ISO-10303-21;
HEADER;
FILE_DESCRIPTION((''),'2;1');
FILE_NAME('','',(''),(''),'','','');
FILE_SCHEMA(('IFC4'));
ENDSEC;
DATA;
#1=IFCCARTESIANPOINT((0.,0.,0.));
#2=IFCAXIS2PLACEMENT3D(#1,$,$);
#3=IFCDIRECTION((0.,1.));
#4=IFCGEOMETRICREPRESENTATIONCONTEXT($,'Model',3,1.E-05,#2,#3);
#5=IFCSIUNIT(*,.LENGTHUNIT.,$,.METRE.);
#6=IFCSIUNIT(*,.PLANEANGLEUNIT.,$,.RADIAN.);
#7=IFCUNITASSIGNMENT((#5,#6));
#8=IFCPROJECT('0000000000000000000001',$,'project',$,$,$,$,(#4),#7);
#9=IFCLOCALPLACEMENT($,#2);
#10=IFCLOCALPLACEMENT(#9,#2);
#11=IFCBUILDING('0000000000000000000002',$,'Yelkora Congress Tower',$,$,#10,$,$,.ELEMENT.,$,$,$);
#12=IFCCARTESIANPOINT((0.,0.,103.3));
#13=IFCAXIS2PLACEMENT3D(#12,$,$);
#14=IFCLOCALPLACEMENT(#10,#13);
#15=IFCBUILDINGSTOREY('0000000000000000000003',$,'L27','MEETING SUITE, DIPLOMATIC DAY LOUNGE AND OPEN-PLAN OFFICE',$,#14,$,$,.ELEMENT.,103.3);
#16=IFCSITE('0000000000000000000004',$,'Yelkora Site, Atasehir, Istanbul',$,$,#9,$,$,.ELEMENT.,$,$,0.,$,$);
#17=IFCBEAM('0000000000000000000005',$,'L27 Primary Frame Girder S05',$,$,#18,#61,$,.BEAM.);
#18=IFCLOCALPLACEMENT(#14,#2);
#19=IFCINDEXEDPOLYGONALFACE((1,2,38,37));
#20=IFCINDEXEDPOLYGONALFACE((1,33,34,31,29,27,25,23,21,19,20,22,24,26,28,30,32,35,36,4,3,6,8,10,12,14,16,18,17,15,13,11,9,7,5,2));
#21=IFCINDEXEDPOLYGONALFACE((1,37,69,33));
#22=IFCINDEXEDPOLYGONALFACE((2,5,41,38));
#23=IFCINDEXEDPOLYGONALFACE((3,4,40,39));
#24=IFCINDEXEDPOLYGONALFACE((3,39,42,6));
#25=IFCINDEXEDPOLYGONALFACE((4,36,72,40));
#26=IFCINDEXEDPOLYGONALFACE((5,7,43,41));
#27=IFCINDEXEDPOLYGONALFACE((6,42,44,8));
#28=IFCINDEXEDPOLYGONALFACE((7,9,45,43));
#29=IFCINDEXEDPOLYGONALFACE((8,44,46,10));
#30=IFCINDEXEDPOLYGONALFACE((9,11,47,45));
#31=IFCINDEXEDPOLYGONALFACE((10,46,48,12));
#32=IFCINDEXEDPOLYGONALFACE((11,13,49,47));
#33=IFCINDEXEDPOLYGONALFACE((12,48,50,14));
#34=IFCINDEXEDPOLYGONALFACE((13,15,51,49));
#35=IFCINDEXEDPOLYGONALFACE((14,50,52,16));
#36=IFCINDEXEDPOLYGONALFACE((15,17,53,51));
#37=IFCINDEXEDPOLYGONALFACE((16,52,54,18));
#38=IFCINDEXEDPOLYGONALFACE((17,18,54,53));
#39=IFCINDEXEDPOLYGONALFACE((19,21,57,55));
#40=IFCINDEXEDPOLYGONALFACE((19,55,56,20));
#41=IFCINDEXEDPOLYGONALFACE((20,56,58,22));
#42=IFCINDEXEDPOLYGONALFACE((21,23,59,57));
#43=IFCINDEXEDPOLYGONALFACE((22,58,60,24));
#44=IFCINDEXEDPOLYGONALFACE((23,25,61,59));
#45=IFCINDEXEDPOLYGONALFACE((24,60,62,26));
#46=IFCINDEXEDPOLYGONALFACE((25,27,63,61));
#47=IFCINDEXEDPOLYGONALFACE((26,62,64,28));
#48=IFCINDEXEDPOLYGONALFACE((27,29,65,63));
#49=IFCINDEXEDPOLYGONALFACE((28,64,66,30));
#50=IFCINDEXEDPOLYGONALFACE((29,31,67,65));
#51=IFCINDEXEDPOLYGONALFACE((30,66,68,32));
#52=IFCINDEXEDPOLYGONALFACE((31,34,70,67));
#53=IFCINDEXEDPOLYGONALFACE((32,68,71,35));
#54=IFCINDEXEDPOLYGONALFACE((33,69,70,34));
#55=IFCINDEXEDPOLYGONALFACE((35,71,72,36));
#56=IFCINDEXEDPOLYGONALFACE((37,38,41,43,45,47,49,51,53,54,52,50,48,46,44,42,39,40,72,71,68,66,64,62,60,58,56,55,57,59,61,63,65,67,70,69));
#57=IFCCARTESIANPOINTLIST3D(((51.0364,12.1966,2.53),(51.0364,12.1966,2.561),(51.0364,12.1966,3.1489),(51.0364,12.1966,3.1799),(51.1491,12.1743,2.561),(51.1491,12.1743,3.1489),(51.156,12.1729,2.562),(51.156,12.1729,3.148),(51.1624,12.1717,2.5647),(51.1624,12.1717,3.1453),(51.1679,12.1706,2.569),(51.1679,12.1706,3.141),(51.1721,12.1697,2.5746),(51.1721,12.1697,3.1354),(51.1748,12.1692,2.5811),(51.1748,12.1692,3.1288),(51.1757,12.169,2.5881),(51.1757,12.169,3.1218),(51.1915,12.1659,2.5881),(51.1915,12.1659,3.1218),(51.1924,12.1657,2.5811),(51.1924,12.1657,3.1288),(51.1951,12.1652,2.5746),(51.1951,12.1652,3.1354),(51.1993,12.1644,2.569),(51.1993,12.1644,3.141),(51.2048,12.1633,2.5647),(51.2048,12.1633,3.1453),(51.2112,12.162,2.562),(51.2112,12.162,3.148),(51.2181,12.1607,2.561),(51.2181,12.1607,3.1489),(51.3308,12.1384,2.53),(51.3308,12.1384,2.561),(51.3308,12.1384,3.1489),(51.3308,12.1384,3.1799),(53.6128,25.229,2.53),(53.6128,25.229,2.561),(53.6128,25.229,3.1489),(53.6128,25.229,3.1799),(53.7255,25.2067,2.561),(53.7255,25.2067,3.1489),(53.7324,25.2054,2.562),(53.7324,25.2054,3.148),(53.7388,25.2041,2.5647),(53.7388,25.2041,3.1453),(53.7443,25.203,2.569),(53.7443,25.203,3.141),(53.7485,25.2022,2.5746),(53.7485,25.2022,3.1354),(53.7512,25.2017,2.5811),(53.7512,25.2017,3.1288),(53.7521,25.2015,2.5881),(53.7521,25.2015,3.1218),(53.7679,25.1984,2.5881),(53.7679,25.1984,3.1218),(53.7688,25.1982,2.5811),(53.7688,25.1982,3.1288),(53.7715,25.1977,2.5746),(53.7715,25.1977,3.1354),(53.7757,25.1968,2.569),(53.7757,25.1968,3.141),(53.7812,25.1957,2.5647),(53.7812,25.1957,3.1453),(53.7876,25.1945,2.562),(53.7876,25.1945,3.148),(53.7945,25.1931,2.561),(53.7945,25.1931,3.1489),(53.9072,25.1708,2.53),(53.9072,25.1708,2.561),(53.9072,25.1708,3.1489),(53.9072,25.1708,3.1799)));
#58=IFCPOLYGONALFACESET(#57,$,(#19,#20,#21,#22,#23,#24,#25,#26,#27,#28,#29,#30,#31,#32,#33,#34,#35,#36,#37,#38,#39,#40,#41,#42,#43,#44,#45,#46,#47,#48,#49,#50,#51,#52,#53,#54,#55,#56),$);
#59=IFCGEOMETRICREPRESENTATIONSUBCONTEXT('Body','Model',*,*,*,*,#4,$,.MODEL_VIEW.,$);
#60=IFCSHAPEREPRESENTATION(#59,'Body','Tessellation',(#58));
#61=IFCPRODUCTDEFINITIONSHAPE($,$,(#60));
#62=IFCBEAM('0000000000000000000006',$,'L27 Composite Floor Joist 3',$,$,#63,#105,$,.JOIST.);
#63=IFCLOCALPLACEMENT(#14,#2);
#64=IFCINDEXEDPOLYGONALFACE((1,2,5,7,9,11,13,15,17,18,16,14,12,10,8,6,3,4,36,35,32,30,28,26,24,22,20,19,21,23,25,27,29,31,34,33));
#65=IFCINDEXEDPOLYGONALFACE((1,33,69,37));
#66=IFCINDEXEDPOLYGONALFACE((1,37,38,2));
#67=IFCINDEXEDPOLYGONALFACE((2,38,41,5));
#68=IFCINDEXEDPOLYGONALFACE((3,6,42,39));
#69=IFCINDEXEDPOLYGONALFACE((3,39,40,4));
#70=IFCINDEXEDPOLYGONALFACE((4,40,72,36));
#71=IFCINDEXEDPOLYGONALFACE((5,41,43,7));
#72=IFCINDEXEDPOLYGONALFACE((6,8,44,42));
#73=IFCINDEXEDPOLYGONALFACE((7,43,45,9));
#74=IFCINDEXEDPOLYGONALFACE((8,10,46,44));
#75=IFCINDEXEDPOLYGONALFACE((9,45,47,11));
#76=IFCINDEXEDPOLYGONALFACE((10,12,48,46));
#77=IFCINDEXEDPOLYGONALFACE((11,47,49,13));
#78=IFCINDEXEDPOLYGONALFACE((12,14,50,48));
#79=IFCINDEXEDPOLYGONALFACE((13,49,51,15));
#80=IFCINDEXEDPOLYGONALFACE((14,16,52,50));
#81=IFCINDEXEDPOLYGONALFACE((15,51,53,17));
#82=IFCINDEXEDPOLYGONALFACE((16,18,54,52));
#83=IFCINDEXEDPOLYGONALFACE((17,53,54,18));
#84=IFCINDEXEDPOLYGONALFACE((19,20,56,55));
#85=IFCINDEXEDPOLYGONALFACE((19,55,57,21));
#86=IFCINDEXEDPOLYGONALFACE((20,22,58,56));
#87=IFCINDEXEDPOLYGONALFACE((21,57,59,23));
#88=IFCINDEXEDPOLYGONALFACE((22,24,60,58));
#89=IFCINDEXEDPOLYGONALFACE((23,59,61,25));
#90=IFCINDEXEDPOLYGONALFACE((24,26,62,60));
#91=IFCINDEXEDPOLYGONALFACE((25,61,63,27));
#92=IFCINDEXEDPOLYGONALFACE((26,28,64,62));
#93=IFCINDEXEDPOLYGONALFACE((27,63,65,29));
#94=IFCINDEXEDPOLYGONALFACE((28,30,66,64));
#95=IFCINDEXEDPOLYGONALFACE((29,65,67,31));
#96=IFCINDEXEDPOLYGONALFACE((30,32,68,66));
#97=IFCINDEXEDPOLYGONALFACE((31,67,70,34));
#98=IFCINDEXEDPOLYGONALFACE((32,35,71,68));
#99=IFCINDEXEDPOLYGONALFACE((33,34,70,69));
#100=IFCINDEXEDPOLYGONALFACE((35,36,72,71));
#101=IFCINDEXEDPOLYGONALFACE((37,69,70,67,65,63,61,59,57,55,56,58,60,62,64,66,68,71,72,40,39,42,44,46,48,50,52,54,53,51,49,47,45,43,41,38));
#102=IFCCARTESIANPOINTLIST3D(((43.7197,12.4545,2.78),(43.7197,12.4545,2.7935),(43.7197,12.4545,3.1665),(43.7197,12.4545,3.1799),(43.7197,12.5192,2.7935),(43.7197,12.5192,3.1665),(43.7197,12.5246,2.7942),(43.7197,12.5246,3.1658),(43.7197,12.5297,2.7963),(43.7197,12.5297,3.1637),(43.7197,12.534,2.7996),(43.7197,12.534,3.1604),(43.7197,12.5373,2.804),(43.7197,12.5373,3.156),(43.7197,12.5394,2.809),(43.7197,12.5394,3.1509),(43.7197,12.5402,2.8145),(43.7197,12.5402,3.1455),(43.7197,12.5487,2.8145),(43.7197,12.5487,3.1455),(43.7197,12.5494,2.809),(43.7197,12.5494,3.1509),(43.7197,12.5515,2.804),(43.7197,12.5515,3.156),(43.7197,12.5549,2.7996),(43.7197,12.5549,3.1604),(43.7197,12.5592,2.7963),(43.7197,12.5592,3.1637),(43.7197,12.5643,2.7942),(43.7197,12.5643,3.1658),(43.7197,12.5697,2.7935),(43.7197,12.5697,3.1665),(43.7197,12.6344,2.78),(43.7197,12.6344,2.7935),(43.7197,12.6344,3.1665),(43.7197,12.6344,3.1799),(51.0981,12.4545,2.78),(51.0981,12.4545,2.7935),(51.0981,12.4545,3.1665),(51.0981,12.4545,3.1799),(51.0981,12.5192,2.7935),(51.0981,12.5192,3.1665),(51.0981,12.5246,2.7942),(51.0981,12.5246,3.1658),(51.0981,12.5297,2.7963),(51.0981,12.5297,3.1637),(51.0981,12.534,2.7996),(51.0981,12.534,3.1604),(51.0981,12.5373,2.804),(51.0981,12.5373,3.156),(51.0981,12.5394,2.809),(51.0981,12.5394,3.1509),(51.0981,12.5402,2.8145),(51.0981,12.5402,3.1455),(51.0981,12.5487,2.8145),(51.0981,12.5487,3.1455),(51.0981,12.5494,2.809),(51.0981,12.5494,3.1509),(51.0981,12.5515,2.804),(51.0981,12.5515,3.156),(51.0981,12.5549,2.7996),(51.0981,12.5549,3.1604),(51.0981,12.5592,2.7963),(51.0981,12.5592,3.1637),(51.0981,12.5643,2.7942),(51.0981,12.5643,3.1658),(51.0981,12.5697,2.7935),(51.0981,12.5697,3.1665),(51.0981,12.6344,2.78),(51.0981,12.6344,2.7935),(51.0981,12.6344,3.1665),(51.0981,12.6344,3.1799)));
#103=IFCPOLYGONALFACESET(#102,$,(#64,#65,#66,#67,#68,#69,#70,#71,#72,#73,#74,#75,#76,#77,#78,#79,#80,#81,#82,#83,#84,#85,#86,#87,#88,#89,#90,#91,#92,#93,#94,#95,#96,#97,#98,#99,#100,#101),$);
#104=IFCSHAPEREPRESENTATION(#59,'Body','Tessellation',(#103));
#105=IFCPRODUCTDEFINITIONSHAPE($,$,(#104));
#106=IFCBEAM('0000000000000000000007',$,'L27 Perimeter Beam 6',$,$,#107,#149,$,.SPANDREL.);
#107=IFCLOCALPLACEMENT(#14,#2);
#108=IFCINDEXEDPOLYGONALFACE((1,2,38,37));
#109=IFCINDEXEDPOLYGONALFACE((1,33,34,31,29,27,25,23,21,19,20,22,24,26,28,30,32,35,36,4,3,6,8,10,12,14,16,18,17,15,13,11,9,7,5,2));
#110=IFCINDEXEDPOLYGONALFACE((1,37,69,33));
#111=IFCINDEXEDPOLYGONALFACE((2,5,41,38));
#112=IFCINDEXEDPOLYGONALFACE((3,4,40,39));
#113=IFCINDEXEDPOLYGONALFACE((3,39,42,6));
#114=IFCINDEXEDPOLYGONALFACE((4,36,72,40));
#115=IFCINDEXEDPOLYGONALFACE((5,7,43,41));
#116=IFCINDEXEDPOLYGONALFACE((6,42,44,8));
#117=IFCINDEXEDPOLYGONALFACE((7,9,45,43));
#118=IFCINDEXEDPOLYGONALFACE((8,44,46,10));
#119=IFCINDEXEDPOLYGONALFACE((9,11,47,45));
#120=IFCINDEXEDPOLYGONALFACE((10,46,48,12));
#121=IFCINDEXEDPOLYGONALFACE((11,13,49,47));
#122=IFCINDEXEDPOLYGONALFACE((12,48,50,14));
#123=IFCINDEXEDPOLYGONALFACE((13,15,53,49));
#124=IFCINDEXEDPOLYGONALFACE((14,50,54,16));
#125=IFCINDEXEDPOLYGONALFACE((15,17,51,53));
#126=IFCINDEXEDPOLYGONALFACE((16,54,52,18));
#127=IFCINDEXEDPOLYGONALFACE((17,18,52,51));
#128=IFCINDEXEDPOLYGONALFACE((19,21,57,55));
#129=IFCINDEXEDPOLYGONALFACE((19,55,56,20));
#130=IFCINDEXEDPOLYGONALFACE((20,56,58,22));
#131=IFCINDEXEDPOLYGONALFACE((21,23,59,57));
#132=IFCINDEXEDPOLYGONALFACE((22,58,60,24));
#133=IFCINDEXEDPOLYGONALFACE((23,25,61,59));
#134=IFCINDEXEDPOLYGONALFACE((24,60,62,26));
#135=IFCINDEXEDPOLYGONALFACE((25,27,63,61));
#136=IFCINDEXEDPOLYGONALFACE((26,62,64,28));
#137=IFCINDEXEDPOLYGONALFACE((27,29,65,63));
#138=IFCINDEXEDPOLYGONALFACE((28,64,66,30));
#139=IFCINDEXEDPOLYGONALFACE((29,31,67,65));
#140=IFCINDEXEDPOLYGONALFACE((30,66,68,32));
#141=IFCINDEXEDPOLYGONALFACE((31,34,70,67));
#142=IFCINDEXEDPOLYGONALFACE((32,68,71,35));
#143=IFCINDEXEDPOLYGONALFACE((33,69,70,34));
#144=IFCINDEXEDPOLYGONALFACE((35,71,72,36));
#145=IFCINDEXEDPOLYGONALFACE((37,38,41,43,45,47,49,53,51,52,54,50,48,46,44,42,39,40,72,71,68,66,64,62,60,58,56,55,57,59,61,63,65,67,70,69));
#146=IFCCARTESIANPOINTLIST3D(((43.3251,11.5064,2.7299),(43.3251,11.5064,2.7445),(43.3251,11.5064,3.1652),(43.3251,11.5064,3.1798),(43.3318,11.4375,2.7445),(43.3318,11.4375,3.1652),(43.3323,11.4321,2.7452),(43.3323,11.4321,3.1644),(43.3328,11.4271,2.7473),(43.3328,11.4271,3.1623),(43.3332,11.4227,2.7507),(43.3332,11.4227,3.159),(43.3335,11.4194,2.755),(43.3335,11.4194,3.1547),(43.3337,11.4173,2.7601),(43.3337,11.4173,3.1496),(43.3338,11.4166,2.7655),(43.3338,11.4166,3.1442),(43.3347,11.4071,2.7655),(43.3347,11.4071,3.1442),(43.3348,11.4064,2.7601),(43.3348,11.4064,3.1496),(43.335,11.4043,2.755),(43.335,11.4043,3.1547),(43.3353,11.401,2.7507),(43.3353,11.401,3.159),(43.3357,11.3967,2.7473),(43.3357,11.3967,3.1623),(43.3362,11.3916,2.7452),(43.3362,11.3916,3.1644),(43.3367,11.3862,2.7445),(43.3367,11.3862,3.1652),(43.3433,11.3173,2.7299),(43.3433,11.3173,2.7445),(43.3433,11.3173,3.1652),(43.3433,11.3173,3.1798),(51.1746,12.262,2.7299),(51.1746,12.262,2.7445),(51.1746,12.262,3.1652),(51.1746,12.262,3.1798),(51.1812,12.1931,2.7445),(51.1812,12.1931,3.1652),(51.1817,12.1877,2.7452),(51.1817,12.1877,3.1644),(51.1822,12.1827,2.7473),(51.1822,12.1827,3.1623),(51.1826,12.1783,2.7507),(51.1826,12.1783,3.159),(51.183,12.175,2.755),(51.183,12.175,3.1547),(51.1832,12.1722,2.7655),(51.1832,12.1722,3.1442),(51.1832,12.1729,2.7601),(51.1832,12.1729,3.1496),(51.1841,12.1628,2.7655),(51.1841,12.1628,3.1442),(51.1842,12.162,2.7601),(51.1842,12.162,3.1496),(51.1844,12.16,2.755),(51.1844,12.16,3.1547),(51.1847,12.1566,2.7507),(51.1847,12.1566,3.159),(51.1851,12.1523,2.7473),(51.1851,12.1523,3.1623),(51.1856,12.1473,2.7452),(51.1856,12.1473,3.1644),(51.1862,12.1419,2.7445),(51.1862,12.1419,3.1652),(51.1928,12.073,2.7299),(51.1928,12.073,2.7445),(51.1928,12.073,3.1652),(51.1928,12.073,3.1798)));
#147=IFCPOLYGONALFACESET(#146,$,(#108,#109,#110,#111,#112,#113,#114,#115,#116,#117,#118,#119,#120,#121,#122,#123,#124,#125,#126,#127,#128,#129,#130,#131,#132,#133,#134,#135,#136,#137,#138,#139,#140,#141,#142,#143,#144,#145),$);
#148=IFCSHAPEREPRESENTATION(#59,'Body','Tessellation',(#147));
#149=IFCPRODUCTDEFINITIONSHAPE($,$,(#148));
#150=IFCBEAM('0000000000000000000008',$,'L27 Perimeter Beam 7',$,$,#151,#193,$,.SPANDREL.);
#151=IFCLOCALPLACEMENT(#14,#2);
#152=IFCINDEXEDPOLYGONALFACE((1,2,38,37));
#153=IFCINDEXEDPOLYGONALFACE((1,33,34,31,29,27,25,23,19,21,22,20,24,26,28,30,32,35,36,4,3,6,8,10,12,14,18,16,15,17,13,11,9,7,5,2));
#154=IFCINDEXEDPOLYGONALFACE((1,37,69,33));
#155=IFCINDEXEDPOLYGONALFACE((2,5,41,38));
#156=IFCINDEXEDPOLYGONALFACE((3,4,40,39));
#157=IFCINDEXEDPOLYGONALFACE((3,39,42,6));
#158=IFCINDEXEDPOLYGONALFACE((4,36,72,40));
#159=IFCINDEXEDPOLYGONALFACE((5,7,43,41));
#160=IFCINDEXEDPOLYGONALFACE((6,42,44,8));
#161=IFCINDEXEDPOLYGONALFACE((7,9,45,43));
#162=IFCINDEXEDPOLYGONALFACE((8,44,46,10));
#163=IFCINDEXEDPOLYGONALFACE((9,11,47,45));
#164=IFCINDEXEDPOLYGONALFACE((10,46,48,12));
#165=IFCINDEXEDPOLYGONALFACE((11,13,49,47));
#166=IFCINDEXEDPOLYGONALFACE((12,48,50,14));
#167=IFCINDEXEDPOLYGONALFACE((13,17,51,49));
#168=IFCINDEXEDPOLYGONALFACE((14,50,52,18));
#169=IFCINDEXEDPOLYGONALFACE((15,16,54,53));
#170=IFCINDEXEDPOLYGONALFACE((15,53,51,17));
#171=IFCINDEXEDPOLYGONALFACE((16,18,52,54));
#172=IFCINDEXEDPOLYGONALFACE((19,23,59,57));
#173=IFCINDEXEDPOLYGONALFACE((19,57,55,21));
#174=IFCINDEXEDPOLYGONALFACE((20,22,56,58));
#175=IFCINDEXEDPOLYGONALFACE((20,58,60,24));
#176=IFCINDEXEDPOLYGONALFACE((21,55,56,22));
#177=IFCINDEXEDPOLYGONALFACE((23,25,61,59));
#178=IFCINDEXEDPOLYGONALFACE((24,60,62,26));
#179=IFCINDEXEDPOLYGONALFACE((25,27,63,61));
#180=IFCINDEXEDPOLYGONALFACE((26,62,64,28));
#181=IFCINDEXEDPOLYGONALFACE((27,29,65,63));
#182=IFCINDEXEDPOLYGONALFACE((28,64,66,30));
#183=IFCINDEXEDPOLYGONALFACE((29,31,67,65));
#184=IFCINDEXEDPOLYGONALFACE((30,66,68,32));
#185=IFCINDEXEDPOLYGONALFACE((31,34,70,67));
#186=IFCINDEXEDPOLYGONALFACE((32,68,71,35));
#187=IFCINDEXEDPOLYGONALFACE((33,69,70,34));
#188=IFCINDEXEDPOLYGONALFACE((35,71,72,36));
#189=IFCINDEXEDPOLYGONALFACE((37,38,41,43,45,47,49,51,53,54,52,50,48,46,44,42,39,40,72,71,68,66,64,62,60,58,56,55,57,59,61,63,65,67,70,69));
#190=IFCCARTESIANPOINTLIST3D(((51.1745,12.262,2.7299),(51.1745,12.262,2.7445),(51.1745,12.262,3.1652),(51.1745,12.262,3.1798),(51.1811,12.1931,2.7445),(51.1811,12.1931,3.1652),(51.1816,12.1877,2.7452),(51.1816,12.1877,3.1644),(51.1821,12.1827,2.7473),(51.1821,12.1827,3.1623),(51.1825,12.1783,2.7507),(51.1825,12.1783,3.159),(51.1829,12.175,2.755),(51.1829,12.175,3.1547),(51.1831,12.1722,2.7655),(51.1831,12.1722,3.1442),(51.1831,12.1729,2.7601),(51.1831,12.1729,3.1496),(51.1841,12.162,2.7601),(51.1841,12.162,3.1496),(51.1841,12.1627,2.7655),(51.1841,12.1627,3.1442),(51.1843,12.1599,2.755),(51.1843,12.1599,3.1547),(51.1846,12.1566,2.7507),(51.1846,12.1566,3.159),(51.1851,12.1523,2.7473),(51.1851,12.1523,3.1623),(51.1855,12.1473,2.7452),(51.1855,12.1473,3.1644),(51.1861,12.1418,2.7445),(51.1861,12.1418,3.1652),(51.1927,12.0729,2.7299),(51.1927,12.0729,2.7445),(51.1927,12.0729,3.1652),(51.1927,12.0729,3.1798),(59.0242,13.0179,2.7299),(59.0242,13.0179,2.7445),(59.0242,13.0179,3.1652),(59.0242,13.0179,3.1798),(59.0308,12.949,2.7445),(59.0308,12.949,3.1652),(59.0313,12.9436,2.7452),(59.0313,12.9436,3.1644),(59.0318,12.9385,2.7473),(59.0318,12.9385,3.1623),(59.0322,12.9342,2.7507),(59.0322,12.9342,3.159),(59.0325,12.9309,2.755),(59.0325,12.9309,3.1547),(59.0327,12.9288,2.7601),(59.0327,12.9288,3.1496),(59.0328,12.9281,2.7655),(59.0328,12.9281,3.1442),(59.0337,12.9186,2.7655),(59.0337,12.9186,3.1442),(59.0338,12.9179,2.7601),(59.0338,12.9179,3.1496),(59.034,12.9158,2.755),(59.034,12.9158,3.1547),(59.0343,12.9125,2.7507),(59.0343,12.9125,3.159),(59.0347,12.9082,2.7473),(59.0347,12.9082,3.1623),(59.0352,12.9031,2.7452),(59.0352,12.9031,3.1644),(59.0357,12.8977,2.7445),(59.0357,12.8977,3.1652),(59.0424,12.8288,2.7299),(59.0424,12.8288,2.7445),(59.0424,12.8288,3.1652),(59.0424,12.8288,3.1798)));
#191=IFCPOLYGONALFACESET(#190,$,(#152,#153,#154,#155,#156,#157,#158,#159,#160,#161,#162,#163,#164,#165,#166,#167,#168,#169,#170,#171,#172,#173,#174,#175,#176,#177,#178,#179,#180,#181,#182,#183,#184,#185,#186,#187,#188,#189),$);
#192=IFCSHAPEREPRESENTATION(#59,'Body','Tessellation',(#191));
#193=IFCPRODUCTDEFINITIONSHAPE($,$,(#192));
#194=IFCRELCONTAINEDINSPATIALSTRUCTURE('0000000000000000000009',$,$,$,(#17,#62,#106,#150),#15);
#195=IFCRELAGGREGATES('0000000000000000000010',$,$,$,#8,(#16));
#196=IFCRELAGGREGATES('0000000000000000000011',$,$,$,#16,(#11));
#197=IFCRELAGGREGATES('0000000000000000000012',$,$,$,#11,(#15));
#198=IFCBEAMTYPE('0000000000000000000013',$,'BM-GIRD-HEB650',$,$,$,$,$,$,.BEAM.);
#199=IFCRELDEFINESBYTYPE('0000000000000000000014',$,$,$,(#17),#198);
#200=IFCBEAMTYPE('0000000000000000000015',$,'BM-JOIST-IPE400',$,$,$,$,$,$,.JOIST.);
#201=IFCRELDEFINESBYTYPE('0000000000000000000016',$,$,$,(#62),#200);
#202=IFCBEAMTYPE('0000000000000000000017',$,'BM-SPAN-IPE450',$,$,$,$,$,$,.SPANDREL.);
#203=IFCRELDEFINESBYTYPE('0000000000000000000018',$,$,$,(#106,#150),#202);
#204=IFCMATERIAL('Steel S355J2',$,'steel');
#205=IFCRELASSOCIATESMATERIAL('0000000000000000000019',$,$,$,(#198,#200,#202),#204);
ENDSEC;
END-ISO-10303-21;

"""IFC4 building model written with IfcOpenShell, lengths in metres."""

from ifc_helpers import new_model, si_unit, direction, frame, origin, origin_2d, place, context, subcontext, project, spatial, i_section, extrude, material, material_profile, profile_set, type_object, element, save


model = new_model("IFC4")

# Units and contexts
model_context = context("Model", 3, precision=1e-05, world=origin(), true_north=direction((0.0, 1.0)))
body_context = subcontext(model_context, "Body", "Model", "MODEL_VIEW")
ifc_project = project(units=[si_unit("LENGTHUNIT", "METRE"), si_unit("PLANEANGLEUNIT", "RADIAN")], contexts=[model_context])

# Site, building, storey
site_placement = place(None, origin())
site = spatial("IfcSite", under=ifc_project, at=site_placement, Name="Yelkora Site, Atasehir, Istanbul", CompositionType="ELEMENT", RefElevation=0.0)
building_placement = place(site_placement, origin())
building = spatial("IfcBuilding", under=site, at=building_placement, Name="Yelkora Congress Tower", CompositionType="ELEMENT")
storey_placement = place(building_placement, frame((0.0, 0.0, 103.3)))
storey = spatial("IfcBuildingStorey", under=building, at=storey_placement, Name="L27", Description="MEETING SUITE, DIPLOMATIC DAY LOUNGE AND OPEN-PLAN OFFICE", CompositionType="ELEMENT", Elevation=103.3)

# Beams
ifc_material_1 = material(Name="Steel S355J2", Category="steel")
ifc_material_profile_1 = material_profile(ifc_material_1, i_section(OverallWidth=0.3, OverallDepth=0.6499, WebThickness=0.0161, FlangeThickness=0.031, FilletRadius=0.0271, at=origin_2d()), Name="HEB 650")
ifc_profile_set_1 = profile_set([ifc_material_profile_1], Name="Steel S355J2")
beam_type_1 = type_object("IfcBeamType", Name="BM-GIRD-HEB650", PredefinedType="BEAM", material=ifc_profile_set_1)
beam_1_placement = place(storey_placement, frame((51.1836, 12.1675, 2.855), z_axis=(0.193939, 0.981014, 0.0), x_axis=(-0.981014, 0.193939, 0.0)))
element("IfcBeam", 1, at=beam_1_placement, inside=storey, type_object=beam_type_1, Name="L27 Primary Frame Girder S05", PredefinedType="BEAM", context=body_context, shape_type="SweptSolid", body=[
    extrude(i_section(OverallWidth=0.3, OverallDepth=0.6499, WebThickness=0.0161, FlangeThickness=0.031, FilletRadius=0.0271, at=origin_2d()), origin(), (0.0, 0.0, 1.0), 13.2847),
])
ifc_material_profile_2 = material_profile(ifc_material_1, i_section(OverallWidth=0.1799, OverallDepth=0.3999, WebThickness=0.0085, FlangeThickness=0.0134, FilletRadius=0.021, at=origin_2d()), Name="IPE 400")
ifc_profile_set_2 = profile_set([ifc_material_profile_2], Name="Steel S355J2")
beam_type_2 = type_object("IfcBeamType", Name="BM-JOIST-IPE400", PredefinedType="JOIST", material=ifc_profile_set_2)
beam_2_placement = place(storey_placement, frame((43.7197, 12.5444, 2.98), z_axis=(1.0, 0.0, 0.0), x_axis=(0.0, 1.0, 0.0)))
element("IfcBeam", 2, at=beam_2_placement, inside=storey, type_object=beam_type_2, Name="L27 Composite Floor Joist 3", PredefinedType="JOIST", context=body_context, shape_type="SweptSolid", body=[
    extrude(i_section(OverallWidth=0.1799, OverallDepth=0.3999, WebThickness=0.0085, FlangeThickness=0.0134, FilletRadius=0.021, at=origin_2d()), origin(), (0.0, 0.0, 1.0), 7.3784),
])
ifc_material_profile_3 = material_profile(ifc_material_1, i_section(OverallWidth=0.1899, OverallDepth=0.45, WebThickness=0.0095, FlangeThickness=0.0146, FilletRadius=0.021, at=origin_2d()), Name="IPE 450")
ifc_profile_set_3 = profile_set([ifc_material_profile_3], Name="Steel S355J2")
beam_type_3 = type_object("IfcBeamType", Name="BM-SPAN-IPE450", PredefinedType="SPANDREL", material=ifc_profile_set_3)
beam_3_placement = place(storey_placement, frame((43.3342, 11.4119, 2.9548), z_axis=(0.995399, 0.095822, 0.0), x_axis=(-0.095822, 0.995399, 0.0)))
element("IfcBeam", 3, at=beam_3_placement, inside=storey, type_object=beam_type_3, Name="L27 Perimeter Beam 6", PredefinedType="SPANDREL", context=body_context, shape_type="SweptSolid", body=[
    extrude(i_section(OverallWidth=0.1899, OverallDepth=0.45, WebThickness=0.0095, FlangeThickness=0.0146, FilletRadius=0.021, at=origin_2d()), origin(), (0.0, 0.0, 1.0), 7.8857),
])
beam_4_placement = place(storey_placement, frame((51.1836, 12.1675, 2.9548), z_axis=(0.995396, 0.095849, 0.0), x_axis=(-0.095849, 0.995396, 0.0)))
element("IfcBeam", 4, at=beam_4_placement, inside=storey, type_object=beam_type_3, Name="L27 Perimeter Beam 7", PredefinedType="SPANDREL", context=body_context, shape_type="SweptSolid", body=[
    extrude(i_section(OverallWidth=0.1899, OverallDepth=0.45, WebThickness=0.0095, FlangeThickness=0.0146, FilletRadius=0.021, at=origin_2d()), origin(), (0.0, 0.0, 1.0), 7.886),
])

save(model, "model.ifc")
